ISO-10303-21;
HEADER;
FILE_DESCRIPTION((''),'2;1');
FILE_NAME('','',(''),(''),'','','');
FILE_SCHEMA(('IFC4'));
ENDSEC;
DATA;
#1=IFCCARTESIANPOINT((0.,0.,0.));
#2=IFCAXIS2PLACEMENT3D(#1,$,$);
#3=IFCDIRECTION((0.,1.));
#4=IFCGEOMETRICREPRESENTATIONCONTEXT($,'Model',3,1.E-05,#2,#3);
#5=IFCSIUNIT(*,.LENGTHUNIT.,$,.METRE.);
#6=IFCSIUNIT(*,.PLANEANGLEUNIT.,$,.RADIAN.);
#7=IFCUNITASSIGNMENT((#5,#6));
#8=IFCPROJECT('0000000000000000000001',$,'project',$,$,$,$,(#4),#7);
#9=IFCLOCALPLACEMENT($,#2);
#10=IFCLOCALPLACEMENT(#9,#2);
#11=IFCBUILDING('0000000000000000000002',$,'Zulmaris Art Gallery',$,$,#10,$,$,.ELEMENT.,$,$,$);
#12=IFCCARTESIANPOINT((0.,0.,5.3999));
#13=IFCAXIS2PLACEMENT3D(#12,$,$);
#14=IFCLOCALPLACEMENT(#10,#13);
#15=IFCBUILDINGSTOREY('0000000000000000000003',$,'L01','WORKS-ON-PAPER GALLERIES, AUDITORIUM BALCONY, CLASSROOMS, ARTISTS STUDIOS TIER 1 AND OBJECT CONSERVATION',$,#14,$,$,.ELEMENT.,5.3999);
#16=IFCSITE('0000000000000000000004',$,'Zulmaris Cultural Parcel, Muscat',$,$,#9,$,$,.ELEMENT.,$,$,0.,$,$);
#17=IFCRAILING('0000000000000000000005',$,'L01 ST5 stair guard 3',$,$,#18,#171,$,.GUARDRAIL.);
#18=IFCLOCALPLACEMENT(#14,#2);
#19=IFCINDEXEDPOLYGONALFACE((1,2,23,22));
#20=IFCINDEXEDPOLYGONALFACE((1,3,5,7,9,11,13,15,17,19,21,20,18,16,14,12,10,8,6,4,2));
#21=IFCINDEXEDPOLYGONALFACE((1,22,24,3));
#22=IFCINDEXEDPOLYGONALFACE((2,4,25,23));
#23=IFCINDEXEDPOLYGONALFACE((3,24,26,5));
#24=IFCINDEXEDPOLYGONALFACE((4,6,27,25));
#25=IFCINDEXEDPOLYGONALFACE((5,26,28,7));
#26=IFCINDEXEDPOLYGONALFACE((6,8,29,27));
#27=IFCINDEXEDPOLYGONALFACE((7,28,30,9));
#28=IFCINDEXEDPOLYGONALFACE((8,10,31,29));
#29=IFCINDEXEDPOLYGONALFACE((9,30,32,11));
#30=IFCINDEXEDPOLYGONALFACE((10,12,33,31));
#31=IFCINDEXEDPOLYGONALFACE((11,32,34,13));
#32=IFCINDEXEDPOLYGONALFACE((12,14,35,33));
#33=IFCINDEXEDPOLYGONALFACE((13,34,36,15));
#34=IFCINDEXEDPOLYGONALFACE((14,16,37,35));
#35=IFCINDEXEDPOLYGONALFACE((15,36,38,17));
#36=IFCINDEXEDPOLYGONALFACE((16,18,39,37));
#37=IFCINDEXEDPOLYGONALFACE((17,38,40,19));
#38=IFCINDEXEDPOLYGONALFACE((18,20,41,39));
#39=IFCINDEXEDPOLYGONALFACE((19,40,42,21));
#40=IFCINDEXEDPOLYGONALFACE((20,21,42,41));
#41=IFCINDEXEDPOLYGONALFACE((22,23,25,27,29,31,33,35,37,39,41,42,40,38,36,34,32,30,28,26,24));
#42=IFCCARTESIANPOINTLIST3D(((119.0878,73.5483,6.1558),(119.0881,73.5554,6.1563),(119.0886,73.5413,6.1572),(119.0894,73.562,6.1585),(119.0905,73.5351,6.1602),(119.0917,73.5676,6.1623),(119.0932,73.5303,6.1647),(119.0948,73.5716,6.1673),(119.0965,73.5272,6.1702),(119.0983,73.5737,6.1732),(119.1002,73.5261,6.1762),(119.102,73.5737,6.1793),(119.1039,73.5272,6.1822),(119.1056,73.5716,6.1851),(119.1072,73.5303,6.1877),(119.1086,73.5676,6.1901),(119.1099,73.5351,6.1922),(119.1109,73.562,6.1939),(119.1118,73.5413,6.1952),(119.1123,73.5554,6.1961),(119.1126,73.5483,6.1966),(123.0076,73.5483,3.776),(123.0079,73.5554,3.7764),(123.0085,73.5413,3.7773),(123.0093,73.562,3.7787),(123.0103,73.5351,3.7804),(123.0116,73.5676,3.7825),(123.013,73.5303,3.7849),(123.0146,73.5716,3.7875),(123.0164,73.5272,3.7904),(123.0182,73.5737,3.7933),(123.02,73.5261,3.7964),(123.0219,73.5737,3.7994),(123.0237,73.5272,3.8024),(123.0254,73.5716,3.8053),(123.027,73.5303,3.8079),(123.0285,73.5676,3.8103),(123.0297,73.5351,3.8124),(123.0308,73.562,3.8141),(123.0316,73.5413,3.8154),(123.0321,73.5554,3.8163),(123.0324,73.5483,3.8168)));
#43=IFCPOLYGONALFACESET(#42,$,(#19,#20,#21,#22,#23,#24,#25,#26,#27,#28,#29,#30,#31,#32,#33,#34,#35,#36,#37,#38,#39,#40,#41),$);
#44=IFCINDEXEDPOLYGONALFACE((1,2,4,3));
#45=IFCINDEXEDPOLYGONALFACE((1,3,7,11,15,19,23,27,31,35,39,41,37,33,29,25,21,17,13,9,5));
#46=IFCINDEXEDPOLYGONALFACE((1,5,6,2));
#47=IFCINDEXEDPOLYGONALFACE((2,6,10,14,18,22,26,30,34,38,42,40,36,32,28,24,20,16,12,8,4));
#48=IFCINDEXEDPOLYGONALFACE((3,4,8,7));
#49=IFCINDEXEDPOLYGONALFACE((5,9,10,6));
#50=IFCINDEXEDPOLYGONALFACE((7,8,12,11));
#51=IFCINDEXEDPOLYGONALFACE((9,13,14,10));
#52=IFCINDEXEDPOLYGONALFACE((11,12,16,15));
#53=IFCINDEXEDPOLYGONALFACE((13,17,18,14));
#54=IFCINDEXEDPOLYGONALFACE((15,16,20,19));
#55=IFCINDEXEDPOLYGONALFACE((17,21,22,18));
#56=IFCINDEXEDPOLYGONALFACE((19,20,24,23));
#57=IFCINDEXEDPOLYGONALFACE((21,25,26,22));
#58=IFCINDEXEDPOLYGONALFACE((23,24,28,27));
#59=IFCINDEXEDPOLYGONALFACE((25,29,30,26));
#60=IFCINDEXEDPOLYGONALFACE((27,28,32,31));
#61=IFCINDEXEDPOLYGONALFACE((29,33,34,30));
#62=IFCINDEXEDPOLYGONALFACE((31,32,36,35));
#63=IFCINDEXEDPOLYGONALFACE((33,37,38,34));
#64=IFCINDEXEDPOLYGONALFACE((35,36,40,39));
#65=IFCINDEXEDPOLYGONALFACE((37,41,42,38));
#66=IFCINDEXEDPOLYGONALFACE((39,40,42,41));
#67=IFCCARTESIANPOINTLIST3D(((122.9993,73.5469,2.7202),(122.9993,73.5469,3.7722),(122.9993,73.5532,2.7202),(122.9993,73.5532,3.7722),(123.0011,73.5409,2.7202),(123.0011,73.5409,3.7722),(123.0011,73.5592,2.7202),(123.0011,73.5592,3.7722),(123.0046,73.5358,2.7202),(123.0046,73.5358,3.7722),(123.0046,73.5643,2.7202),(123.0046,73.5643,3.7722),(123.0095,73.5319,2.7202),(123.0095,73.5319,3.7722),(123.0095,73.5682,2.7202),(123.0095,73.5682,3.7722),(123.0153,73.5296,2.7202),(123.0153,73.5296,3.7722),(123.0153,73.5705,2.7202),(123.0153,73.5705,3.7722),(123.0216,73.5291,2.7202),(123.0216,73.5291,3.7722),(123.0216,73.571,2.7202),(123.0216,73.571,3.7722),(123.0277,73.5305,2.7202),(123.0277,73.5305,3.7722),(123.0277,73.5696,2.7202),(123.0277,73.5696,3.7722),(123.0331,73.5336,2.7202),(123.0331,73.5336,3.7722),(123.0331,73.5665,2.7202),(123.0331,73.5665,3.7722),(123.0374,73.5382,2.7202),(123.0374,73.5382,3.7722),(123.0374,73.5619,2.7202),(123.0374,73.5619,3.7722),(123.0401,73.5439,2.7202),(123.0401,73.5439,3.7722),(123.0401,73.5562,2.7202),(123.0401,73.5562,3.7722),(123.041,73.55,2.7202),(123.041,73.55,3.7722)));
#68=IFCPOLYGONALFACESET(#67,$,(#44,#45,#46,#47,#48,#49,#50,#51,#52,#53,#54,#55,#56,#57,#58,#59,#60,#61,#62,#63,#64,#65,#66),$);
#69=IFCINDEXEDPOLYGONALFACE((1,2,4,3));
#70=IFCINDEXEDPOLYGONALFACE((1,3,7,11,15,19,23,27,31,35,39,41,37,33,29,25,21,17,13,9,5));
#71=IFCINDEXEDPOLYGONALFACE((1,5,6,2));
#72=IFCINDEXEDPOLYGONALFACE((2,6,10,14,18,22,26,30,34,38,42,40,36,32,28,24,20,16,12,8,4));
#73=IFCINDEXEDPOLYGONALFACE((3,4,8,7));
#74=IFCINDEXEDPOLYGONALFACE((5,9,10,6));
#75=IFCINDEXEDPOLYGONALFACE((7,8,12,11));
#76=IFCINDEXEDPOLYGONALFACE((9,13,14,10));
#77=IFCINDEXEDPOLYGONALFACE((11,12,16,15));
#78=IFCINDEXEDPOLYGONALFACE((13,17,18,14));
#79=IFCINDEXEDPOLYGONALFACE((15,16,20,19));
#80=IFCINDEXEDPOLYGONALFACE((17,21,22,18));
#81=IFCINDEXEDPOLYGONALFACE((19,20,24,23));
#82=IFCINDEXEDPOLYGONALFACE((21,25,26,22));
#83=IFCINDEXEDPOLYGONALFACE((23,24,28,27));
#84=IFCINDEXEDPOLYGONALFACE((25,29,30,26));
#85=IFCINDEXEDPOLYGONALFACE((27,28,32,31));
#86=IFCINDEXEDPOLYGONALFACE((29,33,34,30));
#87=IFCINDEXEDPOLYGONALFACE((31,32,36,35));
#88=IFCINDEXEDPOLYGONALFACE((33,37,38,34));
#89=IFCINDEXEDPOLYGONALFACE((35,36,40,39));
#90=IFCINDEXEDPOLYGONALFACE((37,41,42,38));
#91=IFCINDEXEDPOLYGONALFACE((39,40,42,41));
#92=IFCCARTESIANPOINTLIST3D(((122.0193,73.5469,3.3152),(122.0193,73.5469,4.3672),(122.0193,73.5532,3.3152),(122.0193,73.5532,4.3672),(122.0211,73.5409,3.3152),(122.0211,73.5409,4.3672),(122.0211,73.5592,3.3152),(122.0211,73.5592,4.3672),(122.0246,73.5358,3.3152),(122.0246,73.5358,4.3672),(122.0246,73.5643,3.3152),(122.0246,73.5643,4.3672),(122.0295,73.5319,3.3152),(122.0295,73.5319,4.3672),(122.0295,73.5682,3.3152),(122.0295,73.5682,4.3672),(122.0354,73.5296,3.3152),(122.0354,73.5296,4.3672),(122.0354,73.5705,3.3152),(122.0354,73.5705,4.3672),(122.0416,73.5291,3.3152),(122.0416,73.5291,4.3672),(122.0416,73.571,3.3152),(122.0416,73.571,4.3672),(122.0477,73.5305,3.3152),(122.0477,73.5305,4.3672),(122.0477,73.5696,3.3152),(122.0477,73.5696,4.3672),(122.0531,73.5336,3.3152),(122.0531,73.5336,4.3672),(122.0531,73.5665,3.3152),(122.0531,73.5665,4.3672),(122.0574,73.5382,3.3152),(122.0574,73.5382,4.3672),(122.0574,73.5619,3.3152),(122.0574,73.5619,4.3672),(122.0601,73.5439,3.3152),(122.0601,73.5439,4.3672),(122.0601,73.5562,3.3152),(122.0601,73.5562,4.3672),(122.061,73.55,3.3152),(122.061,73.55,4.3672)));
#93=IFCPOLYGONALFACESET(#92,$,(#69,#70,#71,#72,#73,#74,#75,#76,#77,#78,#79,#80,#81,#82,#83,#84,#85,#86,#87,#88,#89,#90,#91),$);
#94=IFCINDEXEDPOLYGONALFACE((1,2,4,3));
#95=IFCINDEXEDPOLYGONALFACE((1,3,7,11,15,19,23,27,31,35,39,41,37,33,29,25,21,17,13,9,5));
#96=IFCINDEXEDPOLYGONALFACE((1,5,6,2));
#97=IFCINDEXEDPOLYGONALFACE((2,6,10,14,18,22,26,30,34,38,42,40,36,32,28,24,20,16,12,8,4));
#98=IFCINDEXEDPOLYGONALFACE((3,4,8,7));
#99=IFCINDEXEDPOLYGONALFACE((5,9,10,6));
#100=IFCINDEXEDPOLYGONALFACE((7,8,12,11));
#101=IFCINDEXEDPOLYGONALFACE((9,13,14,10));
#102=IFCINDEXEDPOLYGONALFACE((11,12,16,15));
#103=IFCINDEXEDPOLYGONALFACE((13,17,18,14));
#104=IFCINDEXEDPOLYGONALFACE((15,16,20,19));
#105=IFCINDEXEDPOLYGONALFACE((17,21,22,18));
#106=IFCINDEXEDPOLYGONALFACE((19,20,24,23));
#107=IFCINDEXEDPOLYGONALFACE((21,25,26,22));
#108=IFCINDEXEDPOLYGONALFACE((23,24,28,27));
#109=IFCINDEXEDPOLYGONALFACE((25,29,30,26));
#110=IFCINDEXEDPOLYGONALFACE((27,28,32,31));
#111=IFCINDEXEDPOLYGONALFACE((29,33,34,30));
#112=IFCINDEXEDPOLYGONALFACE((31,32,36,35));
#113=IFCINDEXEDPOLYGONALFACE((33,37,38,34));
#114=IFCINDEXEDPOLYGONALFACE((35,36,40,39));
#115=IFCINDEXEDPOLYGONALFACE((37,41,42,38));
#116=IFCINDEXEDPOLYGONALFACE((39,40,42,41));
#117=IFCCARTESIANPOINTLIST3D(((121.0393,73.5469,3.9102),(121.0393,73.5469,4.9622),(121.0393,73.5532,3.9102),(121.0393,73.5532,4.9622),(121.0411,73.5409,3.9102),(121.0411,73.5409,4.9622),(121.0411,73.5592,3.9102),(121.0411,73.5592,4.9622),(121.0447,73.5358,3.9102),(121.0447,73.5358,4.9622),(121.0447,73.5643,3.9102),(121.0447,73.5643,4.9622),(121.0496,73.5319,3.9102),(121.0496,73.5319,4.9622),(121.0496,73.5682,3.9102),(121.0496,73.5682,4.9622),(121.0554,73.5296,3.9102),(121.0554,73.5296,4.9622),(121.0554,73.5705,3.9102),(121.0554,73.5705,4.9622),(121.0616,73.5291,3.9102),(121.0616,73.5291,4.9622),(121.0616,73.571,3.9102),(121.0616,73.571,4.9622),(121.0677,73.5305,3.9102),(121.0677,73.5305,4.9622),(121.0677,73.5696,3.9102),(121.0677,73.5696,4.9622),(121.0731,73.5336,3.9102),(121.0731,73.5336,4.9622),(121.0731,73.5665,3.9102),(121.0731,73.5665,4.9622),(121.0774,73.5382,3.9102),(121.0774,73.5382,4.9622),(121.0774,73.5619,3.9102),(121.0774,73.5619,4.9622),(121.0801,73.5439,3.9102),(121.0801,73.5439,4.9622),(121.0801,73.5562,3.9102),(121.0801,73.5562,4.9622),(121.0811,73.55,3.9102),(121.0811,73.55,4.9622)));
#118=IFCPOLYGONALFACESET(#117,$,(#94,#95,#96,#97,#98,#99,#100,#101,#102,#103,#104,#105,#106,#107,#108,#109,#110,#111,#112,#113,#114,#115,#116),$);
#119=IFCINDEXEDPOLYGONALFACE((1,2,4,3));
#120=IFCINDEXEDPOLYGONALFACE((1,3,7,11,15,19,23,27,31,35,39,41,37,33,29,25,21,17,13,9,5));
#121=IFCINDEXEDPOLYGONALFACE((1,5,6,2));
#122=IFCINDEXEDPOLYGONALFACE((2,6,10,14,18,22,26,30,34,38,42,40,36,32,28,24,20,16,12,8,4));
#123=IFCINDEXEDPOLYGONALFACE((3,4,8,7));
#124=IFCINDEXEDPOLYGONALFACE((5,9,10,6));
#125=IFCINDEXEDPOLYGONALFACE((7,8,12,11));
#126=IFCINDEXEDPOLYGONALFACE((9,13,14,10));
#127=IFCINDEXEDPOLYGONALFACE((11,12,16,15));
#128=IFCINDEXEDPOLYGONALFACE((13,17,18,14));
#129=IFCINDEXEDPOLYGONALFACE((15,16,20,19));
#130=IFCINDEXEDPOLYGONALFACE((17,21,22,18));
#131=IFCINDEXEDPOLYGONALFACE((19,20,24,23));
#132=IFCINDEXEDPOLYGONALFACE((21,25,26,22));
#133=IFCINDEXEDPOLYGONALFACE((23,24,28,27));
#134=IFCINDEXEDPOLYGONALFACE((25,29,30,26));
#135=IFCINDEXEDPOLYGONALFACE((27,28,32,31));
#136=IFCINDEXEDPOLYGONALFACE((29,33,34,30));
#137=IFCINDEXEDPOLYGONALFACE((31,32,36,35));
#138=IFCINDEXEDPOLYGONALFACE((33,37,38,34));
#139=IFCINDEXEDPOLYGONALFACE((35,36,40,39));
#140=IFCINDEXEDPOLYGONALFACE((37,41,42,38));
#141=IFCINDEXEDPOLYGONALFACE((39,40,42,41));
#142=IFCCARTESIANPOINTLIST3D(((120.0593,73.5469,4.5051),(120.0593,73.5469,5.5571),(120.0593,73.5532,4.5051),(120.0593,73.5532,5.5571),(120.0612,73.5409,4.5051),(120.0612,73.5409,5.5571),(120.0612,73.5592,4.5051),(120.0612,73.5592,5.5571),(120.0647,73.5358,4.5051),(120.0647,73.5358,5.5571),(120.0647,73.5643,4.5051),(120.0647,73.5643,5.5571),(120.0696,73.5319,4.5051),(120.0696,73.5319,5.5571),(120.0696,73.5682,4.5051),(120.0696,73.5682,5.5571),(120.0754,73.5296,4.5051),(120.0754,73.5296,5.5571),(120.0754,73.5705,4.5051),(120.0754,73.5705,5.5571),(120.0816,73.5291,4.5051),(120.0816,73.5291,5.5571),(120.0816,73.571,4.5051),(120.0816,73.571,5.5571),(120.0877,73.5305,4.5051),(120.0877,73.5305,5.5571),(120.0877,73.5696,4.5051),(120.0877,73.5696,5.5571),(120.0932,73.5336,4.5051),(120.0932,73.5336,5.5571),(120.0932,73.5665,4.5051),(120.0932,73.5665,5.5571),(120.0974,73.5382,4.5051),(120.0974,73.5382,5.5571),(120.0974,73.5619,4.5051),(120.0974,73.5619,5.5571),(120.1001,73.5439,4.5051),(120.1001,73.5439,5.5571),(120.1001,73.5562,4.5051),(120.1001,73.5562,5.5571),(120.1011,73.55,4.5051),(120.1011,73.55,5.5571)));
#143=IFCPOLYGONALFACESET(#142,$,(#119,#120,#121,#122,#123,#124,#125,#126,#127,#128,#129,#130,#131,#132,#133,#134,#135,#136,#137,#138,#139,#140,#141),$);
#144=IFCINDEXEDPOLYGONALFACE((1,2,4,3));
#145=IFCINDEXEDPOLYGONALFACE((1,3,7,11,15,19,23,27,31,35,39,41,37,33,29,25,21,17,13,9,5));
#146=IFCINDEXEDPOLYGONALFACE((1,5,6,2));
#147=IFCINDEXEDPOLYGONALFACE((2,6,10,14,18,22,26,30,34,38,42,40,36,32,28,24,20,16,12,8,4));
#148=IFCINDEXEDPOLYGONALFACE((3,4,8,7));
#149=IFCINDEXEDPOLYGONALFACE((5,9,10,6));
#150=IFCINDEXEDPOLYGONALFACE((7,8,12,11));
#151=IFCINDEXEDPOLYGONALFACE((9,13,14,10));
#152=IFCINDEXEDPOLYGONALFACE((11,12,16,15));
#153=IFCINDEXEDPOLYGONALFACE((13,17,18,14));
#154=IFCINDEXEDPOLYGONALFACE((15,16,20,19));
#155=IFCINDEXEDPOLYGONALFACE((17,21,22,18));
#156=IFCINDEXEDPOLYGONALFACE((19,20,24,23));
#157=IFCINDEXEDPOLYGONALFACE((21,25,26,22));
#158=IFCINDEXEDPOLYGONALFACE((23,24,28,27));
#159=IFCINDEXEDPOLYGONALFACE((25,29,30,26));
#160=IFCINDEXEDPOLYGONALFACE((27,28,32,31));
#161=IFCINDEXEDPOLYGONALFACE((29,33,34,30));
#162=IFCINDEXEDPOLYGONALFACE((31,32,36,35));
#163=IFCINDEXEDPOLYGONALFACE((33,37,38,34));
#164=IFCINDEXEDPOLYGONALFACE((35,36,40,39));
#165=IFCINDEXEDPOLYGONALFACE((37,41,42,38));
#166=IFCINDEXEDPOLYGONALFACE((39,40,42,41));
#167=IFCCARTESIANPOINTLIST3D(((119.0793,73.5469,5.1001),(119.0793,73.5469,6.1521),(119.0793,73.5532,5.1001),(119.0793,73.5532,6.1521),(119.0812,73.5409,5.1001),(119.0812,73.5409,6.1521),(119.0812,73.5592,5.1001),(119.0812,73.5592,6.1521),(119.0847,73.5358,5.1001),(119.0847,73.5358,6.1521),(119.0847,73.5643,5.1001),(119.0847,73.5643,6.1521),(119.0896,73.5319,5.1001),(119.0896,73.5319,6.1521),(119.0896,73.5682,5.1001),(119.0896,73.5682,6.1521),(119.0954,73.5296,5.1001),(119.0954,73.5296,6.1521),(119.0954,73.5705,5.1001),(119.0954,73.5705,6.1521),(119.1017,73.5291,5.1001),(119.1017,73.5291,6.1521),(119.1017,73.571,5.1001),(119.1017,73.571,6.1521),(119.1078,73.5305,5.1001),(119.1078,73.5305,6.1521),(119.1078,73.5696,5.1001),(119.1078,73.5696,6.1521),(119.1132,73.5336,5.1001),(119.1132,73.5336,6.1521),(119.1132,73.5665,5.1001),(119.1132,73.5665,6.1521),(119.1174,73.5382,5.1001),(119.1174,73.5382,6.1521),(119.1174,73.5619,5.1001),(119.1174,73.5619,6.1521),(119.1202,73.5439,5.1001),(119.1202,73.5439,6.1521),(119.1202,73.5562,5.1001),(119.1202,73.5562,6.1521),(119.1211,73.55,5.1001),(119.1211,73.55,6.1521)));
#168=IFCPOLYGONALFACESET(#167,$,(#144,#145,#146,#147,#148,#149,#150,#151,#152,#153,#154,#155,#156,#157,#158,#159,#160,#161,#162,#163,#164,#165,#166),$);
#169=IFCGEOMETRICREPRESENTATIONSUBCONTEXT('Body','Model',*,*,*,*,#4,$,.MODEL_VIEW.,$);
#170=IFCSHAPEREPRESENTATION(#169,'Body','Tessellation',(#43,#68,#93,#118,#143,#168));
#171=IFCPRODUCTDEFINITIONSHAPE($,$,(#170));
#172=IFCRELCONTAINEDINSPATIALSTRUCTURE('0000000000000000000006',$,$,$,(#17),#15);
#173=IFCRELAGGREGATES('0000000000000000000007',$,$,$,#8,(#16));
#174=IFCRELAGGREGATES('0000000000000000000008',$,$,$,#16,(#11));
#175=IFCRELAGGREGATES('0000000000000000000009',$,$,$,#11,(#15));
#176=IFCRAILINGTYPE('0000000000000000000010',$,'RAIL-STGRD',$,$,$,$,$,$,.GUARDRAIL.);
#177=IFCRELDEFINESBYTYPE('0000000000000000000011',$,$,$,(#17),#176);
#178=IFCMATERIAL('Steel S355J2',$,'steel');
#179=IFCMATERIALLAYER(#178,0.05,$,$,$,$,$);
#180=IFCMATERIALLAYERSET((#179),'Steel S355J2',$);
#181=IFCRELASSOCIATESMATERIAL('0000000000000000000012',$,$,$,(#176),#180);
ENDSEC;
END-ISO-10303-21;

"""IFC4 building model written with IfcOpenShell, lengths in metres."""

from ifc_helpers import new_model, si_unit, direction, frame, origin, origin_2d, place, context, subcontext, project, spatial, circle, extrude, material, layer, layer_set, type_object, element, save


model = new_model("IFC4")

# Units and contexts
model_context = context("Model", 3, precision=1e-05, world=origin(), true_north=direction((0.0, 1.0)))
body_context = subcontext(model_context, "Body", "Model", "MODEL_VIEW")
ifc_project = project(units=[si_unit("LENGTHUNIT", "METRE"), si_unit("PLANEANGLEUNIT", "RADIAN")], contexts=[model_context])

# Site, building, storey
site_placement = place(None, origin())
site = spatial("IfcSite", under=ifc_project, at=site_placement, Name="Zulmaris Cultural Parcel, Muscat", CompositionType="ELEMENT", RefElevation=0.0)
building_placement = place(site_placement, origin())
building = spatial("IfcBuilding", under=site, at=building_placement, Name="Zulmaris Art Gallery", CompositionType="ELEMENT")
storey_placement = place(building_placement, frame((0.0, 0.0, 5.3999)))
storey = spatial("IfcBuildingStorey", under=building, at=storey_placement, Name="L01", Description="WORKS-ON-PAPER GALLERIES, AUDITORIUM BALCONY, CLASSROOMS, ARTISTS STUDIOS TIER 1 AND OBJECT CONSERVATION", CompositionType="ELEMENT", Elevation=5.3999)

# Shared definitions
ifc_material_1 = material(Name="Steel S355J2", Category="steel")

# Railing
ifc_layer_1 = layer(ifc_material_1, 0.05)
ifc_layer_set_1 = layer_set([ifc_layer_1], Name="Steel S355J2")
railing_type_1 = type_object("IfcRailingType", Name="RAIL-STGRD", PredefinedType="GUARDRAIL", material=ifc_layer_set_1)
railing_1_placement = place(storey_placement, frame((123.02, 73.55, 2.7202)))
element("IfcRailing", 1, at=railing_1_placement, inside=storey, type_object=railing_type_1, Name="L01 ST5 stair guard 3", PredefinedType="GUARDRAIL", context=body_context, shape_type="SweptSolid", body=[
    extrude(circle(Radius=0.0239, at=origin_2d()), frame((0.0, 0.0, 1.0762), z_axis=(-0.854794, 0.0, 0.518967), x_axis=(0.0, -1.0, 0.0)), (0.0, 0.0, 1.0), 4.5857),
    extrude(circle(Radius=0.021, at=origin_2d()), origin(), (0.0, 0.0, 1.0), 1.052),
    extrude(circle(Radius=0.021, at=origin_2d()), frame((-0.98, 0.0, 0.595)), (0.0, 0.0, 1.0), 1.052),
    extrude(circle(Radius=0.021, at=origin_2d()), frame((-1.96, 0.0, 1.1899)), (0.0, 0.0, 1.0), 1.052),
    extrude(circle(Radius=0.021, at=origin_2d()), frame((-2.9399, 0.0, 1.7849)), (0.0, 0.0, 1.0), 1.052),
    extrude(circle(Radius=0.021, at=origin_2d()), frame((-3.9199, 0.0, 2.3799)), (0.0, 0.0, 1.0), 1.052),
])

save(model, "model.ifc")
